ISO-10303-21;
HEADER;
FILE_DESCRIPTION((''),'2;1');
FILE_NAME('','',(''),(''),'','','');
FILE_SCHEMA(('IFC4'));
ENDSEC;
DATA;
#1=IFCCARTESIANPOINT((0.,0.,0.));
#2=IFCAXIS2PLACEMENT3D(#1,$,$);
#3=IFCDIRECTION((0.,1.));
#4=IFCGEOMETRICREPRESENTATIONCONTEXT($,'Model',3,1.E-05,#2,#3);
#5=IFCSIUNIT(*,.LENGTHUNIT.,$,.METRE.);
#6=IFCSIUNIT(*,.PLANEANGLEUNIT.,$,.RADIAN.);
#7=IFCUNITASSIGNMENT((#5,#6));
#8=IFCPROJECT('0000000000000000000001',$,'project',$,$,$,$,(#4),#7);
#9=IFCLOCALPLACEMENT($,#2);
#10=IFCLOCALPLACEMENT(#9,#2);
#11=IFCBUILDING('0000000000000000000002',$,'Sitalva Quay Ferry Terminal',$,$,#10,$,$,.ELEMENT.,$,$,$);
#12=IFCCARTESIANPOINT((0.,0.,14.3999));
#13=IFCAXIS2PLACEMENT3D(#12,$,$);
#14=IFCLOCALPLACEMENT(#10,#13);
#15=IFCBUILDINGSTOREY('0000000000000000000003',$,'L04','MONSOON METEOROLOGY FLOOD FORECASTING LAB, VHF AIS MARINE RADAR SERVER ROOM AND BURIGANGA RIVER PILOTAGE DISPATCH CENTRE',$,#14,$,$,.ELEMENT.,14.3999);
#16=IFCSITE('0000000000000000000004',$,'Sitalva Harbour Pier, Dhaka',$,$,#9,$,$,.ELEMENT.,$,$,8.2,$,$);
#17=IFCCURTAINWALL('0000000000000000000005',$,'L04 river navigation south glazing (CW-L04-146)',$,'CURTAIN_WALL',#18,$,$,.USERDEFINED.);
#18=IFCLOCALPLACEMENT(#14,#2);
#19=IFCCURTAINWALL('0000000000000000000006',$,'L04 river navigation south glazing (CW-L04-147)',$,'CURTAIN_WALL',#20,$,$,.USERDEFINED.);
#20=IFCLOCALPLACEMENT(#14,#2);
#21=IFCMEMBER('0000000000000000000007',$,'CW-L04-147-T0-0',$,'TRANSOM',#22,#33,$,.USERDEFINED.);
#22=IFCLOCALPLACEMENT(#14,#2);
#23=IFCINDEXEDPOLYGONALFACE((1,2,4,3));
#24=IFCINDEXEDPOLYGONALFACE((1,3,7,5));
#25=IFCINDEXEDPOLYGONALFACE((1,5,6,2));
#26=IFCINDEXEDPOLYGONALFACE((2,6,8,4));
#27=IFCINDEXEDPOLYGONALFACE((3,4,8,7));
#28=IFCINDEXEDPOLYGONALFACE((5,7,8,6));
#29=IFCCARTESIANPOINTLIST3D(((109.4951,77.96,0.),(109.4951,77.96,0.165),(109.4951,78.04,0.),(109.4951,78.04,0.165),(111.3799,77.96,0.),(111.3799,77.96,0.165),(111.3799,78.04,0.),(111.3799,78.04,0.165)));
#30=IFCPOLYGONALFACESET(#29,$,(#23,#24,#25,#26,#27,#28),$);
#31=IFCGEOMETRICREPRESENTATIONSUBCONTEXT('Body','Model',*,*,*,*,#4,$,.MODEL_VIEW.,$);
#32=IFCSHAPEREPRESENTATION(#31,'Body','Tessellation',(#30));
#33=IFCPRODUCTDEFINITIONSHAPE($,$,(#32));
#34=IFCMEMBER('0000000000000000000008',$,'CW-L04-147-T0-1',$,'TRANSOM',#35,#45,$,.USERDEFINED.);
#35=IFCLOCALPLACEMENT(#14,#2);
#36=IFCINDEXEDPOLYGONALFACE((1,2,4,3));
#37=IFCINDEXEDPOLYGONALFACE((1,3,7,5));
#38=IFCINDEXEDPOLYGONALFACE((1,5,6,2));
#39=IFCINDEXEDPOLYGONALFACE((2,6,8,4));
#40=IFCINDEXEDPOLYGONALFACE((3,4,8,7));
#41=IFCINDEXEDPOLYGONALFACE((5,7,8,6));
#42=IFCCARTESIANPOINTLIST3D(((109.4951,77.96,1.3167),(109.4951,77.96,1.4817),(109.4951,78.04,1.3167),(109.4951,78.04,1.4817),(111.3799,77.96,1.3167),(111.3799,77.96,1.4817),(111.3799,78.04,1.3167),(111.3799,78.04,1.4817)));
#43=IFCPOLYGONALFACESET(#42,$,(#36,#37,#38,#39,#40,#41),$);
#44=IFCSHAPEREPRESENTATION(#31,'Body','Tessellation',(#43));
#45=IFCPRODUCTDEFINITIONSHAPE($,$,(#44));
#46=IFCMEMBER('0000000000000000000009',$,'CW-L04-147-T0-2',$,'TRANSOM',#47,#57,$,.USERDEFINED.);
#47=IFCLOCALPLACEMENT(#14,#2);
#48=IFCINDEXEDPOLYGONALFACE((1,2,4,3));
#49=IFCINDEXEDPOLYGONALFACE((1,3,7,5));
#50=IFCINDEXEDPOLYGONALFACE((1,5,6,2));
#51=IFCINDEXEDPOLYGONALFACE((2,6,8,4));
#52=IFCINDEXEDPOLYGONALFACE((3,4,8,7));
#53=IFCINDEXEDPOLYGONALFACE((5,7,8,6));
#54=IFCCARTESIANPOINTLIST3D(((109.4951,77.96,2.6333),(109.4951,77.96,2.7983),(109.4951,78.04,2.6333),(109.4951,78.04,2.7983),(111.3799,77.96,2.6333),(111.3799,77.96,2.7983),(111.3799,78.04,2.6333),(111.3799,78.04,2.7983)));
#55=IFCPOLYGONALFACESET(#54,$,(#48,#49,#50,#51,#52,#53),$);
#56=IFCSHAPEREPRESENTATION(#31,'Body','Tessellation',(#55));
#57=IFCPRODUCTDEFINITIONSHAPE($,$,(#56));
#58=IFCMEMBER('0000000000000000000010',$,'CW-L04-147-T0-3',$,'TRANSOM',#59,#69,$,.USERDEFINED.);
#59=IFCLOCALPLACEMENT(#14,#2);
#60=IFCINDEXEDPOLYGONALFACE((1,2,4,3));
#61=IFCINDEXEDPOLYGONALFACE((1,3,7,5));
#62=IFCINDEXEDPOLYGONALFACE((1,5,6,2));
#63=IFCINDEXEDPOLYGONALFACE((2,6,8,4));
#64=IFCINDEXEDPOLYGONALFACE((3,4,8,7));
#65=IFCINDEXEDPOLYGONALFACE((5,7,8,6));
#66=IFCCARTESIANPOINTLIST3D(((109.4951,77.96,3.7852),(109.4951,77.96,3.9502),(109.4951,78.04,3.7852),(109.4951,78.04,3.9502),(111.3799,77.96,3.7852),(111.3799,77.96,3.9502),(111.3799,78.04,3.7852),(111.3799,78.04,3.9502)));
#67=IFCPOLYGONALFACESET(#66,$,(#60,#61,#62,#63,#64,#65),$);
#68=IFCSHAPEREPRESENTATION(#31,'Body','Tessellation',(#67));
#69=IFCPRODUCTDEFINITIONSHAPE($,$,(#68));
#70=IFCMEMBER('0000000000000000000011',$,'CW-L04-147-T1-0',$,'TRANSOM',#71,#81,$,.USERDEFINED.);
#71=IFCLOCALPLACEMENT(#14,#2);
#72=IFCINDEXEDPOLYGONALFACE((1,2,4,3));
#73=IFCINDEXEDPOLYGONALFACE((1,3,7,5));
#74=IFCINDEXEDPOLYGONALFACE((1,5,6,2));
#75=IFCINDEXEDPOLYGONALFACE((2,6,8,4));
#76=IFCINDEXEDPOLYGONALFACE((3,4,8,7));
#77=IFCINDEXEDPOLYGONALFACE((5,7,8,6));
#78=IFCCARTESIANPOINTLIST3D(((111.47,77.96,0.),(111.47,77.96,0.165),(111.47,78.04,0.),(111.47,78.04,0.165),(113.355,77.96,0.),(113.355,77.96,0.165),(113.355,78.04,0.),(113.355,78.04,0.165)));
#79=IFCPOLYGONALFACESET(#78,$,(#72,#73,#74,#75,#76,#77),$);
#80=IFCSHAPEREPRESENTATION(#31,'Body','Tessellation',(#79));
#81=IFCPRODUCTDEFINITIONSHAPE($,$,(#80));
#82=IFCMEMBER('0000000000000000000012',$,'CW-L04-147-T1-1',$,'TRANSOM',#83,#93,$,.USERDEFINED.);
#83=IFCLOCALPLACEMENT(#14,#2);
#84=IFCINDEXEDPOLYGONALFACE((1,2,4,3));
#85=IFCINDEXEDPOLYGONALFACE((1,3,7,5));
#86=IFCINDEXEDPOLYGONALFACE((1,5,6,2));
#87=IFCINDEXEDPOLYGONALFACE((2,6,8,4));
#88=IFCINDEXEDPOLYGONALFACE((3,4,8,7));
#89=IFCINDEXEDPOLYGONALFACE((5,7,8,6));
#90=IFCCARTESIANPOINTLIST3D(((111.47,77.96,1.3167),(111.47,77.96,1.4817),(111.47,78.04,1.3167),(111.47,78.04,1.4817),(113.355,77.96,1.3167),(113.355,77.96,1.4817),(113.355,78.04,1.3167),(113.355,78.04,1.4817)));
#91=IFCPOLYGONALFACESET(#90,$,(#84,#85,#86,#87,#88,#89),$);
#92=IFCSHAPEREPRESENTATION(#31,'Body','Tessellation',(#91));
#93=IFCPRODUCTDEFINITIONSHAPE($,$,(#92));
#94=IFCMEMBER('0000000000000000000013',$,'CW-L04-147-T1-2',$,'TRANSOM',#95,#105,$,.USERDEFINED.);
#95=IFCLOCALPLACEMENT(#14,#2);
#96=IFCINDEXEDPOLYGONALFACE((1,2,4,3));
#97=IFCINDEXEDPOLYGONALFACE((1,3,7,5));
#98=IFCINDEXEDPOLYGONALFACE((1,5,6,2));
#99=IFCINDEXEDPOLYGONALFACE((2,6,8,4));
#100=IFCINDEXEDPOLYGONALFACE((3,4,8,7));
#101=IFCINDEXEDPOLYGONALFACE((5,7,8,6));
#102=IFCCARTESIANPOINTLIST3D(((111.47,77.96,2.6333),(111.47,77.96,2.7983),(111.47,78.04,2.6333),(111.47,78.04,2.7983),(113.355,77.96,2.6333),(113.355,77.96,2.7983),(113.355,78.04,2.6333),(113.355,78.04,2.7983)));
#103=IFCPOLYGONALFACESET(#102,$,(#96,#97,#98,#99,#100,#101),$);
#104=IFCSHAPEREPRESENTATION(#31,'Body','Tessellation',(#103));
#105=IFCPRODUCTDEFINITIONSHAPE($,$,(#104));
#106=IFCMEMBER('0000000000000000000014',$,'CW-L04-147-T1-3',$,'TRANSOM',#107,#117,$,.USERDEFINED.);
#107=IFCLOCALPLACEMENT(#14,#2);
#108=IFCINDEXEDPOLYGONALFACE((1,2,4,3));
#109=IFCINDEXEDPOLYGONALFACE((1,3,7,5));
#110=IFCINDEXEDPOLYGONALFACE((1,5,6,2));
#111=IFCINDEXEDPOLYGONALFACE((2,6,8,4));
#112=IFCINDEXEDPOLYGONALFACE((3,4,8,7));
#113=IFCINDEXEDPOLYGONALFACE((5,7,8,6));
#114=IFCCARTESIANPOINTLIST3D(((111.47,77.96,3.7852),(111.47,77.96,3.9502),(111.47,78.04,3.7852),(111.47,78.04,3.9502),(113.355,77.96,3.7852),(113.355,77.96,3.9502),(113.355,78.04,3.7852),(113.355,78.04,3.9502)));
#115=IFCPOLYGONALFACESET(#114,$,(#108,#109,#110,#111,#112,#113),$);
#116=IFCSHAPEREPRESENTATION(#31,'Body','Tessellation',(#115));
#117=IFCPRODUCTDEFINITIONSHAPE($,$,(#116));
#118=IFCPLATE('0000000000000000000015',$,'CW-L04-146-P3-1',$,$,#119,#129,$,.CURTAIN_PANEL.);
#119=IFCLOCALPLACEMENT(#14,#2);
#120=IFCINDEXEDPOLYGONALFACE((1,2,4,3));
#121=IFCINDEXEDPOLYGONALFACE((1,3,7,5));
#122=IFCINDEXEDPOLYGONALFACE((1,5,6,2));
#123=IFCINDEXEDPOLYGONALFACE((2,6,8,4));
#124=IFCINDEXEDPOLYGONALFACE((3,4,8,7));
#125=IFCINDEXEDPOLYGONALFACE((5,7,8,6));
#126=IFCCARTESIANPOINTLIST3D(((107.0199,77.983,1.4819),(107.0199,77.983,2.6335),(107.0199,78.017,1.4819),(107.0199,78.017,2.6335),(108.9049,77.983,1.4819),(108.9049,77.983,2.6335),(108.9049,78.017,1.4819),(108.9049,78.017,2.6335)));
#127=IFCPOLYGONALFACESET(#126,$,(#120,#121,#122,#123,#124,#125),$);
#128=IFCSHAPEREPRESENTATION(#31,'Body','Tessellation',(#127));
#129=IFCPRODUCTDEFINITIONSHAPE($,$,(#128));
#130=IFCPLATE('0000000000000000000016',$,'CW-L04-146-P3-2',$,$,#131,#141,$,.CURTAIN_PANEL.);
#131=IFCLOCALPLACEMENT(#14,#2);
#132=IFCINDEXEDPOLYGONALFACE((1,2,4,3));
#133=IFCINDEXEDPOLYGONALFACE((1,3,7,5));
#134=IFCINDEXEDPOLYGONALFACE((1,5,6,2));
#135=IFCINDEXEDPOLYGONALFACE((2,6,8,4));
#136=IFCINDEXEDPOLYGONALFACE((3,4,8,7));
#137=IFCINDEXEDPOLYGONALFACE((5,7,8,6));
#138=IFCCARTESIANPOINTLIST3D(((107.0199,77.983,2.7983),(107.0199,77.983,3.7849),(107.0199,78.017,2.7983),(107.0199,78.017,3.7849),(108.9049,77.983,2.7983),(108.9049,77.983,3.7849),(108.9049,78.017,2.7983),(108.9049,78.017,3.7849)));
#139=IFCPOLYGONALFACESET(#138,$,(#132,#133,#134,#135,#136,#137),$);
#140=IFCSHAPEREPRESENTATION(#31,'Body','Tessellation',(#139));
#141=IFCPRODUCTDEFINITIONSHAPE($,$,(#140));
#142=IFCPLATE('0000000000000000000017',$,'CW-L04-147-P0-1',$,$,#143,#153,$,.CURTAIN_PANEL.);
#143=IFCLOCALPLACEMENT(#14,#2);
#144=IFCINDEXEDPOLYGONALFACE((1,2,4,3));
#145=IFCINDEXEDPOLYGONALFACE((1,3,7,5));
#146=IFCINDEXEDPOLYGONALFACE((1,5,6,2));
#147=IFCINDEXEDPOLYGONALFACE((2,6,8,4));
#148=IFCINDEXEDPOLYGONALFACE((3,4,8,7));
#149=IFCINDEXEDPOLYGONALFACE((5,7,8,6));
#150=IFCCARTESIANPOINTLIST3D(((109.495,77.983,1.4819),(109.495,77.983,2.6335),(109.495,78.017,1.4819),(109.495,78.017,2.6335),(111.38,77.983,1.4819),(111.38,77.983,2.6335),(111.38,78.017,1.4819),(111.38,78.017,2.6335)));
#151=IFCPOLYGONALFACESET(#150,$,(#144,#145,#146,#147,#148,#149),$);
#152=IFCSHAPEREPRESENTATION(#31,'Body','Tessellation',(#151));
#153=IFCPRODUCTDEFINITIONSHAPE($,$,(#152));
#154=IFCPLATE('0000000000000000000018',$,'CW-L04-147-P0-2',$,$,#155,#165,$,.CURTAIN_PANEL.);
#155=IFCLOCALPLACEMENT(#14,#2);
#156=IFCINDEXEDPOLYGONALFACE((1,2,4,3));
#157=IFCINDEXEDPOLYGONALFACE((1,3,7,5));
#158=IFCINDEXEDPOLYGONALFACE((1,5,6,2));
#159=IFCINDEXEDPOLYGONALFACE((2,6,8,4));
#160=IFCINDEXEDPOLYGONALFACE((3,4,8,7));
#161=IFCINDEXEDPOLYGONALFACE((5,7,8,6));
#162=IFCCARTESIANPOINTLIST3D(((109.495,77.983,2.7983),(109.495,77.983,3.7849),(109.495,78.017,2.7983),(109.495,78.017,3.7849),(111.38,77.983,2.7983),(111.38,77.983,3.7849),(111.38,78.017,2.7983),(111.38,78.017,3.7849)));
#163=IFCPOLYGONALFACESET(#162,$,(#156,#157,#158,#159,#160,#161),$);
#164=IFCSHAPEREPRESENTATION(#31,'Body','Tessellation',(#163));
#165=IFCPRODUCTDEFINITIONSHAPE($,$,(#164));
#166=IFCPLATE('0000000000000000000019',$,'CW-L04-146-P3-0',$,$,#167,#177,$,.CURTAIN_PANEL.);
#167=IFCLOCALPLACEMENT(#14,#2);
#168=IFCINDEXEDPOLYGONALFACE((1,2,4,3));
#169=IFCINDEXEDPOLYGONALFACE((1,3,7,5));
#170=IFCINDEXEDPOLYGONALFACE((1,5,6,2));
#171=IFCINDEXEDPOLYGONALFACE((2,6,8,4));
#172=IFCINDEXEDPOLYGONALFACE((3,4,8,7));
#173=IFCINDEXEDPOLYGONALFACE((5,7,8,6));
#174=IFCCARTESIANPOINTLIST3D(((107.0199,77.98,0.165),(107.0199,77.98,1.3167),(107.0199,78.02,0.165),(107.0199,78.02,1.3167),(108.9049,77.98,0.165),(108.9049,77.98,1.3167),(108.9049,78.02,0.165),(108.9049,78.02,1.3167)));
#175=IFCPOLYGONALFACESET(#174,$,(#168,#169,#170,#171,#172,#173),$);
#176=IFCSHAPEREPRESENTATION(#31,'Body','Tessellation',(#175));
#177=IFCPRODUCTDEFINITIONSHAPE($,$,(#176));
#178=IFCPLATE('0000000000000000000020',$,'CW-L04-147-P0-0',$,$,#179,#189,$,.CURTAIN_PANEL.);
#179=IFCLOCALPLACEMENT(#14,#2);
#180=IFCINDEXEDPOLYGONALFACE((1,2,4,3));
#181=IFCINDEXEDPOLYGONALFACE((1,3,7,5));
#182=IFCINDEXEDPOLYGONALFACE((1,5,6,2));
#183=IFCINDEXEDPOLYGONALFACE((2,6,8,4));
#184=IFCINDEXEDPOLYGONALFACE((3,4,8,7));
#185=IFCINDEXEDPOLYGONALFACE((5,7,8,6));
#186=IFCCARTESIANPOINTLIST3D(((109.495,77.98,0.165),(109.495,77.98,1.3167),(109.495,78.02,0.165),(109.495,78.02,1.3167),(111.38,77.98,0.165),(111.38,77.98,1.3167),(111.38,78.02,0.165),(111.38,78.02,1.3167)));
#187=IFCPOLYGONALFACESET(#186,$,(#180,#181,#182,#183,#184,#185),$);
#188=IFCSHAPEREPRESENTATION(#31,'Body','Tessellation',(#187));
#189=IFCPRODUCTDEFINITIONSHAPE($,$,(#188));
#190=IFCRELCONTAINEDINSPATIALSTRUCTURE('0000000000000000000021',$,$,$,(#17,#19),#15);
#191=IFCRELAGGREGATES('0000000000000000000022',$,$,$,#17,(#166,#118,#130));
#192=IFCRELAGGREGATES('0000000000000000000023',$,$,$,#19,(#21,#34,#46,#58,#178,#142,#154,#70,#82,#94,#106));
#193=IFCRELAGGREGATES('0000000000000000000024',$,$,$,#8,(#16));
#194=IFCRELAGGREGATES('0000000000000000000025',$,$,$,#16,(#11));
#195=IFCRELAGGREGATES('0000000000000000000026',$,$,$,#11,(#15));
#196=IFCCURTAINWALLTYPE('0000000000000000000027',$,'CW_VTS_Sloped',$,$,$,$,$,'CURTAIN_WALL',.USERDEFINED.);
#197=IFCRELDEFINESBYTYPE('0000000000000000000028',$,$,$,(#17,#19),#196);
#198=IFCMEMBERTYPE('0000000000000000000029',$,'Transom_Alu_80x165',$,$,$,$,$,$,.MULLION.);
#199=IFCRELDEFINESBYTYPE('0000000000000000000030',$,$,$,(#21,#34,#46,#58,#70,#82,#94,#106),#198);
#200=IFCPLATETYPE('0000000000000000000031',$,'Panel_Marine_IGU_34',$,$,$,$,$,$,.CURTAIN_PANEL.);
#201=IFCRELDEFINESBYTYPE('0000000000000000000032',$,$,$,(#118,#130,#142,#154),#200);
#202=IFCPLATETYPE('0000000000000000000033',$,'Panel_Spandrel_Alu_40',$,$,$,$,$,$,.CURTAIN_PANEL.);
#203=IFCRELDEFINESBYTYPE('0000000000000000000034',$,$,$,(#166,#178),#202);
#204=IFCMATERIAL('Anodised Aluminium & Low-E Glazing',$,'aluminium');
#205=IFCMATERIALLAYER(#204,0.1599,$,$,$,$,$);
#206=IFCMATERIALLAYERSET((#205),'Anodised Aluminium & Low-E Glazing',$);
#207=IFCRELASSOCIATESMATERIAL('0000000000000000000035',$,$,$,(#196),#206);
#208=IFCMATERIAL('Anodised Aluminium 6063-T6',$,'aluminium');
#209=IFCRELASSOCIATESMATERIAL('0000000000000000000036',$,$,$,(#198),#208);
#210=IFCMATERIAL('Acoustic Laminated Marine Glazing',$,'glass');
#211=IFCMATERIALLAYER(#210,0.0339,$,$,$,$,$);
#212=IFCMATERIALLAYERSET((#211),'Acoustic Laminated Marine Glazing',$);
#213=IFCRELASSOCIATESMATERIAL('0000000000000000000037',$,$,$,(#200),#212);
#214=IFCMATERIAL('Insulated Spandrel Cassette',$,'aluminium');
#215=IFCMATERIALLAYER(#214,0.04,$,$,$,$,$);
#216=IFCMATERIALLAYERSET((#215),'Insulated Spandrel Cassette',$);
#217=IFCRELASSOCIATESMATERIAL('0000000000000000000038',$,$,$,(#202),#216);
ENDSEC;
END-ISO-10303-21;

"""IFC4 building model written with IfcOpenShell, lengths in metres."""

from ifc_helpers import new_model, si_unit, direction, frame, origin, origin_2d, place, context, subcontext, project, spatial, rectangle, extrude, material, layer, layer_set, material_profile, profile_set, type_object, element, aggregate, save


model = new_model("IFC4")

# Units and contexts
model_context = context("Model", 3, precision=1e-05, world=origin(), true_north=direction((0.0, 1.0)))
body_context = subcontext(model_context, "Body", "Model", "MODEL_VIEW")
ifc_project = project(units=[si_unit("LENGTHUNIT", "METRE"), si_unit("PLANEANGLEUNIT", "RADIAN")], contexts=[model_context])

# Site, building, storey
site_placement = place(None, origin())
site = spatial("IfcSite", under=ifc_project, at=site_placement, Name="Sitalva Harbour Pier, Dhaka", CompositionType="ELEMENT", RefElevation=8.2)
building_placement = place(site_placement, origin())
building = spatial("IfcBuilding", under=site, at=building_placement, Name="Sitalva Quay Ferry Terminal", CompositionType="ELEMENT")
storey_placement = place(building_placement, frame((0.0, 0.0, 14.3999)))
storey = spatial("IfcBuildingStorey", under=building, at=storey_placement, Name="L04", Description="MONSOON METEOROLOGY FLOOD FORECASTING LAB, VHF AIS MARINE RADAR SERVER ROOM AND BURIGANGA RIVER PILOTAGE DISPATCH CENTRE", CompositionType="ELEMENT", Elevation=14.3999)

# Curtain wall
ifc_material_1 = material(Name="Anodised Aluminium & Low-E Glazing", Category="aluminium")
ifc_layer_1 = layer(ifc_material_1, 0.1599)
ifc_layer_set_1 = layer_set([ifc_layer_1], Name="Anodised Aluminium & Low-E Glazing")
curtain_wall_type = type_object("IfcCurtainWallType", Name="CW_VTS_Sloped", ElementType="CURTAIN_WALL", PredefinedType="USERDEFINED", material=ifc_layer_set_1)
curtain_wall_1_placement = place(storey_placement, origin())
curtain_wall_1 = element("IfcCurtainWall", 1, at=curtain_wall_1_placement, inside=storey, type_object=curtain_wall_type, Name="L04 river navigation south glazing (CW-L04-146)", ObjectType="CURTAIN_WALL", PredefinedType="USERDEFINED")

# Curtain wall, members
curtain_wall_2_placement = place(storey_placement, origin())
curtain_wall_2 = element("IfcCurtainWall", 2, at=curtain_wall_2_placement, inside=storey, type_object=curtain_wall_type, Name="L04 river navigation south glazing (CW-L04-147)", ObjectType="CURTAIN_WALL", PredefinedType="USERDEFINED")
ifc_material_2 = material(Name="Anodised Aluminium 6063-T6", Category="aluminium")
ifc_material_profile_1 = material_profile(ifc_material_2, rectangle(XDim=0.0801, YDim=0.165, at=origin_2d()), Name="ALU80x165")
ifc_profile_set_1 = profile_set([ifc_material_profile_1], Name="Anodised Aluminium 6063-T6")
member_type_1 = type_object("IfcMemberType", Name="Transom_Alu_80x165", PredefinedType="MULLION", material=ifc_profile_set_1)
member_1_placement = place(storey_placement, frame((109.4951, 78.0, 0.0825), z_axis=(1.0, 0.0, 0.0), x_axis=(0.0, 1.0, 0.0)))
member_1 = element("IfcMember", 3, at=member_1_placement, type_object=member_type_1, Name="CW-L04-147-T0-0", ObjectType="TRANSOM", PredefinedType="USERDEFINED", context=body_context, shape_type="SweptSolid", body=[
    extrude(rectangle(XDim=0.0801, YDim=0.165, at=origin_2d()), origin(), (0.0, 0.0, 1.0), 1.8848),
])
member_2_placement = place(storey_placement, frame((109.4951, 78.0, 1.3992), z_axis=(1.0, 0.0, 0.0), x_axis=(0.0, 1.0, 0.0)))
member_2 = element("IfcMember", 4, at=member_2_placement, type_object=member_type_1, Name="CW-L04-147-T0-1", ObjectType="TRANSOM", PredefinedType="USERDEFINED", context=body_context, shape_type="SweptSolid", body=[
    extrude(rectangle(XDim=0.0801, YDim=0.165, at=origin_2d()), origin(), (0.0, 0.0, 1.0), 1.8848),
])
member_3_placement = place(storey_placement, frame((109.4951, 78.0, 2.7158), z_axis=(1.0, 0.0, 0.0), x_axis=(0.0, 1.0, 0.0)))
member_3 = element("IfcMember", 5, at=member_3_placement, type_object=member_type_1, Name="CW-L04-147-T0-2", ObjectType="TRANSOM", PredefinedType="USERDEFINED", context=body_context, shape_type="SweptSolid", body=[
    extrude(rectangle(XDim=0.0801, YDim=0.165, at=origin_2d()), origin(), (0.0, 0.0, 1.0), 1.8848),
])
member_4_placement = place(storey_placement, frame((109.4951, 78.0, 3.8677), z_axis=(1.0, 0.0, 0.0), x_axis=(0.0, 1.0, 0.0)))
member_4 = element("IfcMember", 6, at=member_4_placement, type_object=member_type_1, Name="CW-L04-147-T0-3", ObjectType="TRANSOM", PredefinedType="USERDEFINED", context=body_context, shape_type="SweptSolid", body=[
    extrude(rectangle(XDim=0.0801, YDim=0.165, at=origin_2d()), origin(), (0.0, 0.0, 1.0), 1.8848),
])
member_5_placement = place(storey_placement, frame((111.47, 78.0, 0.0825), z_axis=(1.0, 0.0, 0.0), x_axis=(0.0, 1.0, 0.0)))
member_5 = element("IfcMember", 7, at=member_5_placement, type_object=member_type_1, Name="CW-L04-147-T1-0", ObjectType="TRANSOM", PredefinedType="USERDEFINED", context=body_context, shape_type="SweptSolid", body=[
    extrude(rectangle(XDim=0.0801, YDim=0.165, at=origin_2d()), origin(), (0.0, 0.0, 1.0), 1.885),
])
member_6_placement = place(storey_placement, frame((111.47, 78.0, 1.3992), z_axis=(1.0, 0.0, 0.0), x_axis=(0.0, 1.0, 0.0)))
member_6 = element("IfcMember", 8, at=member_6_placement, type_object=member_type_1, Name="CW-L04-147-T1-1", ObjectType="TRANSOM", PredefinedType="USERDEFINED", context=body_context, shape_type="SweptSolid", body=[
    extrude(rectangle(XDim=0.0801, YDim=0.165, at=origin_2d()), origin(), (0.0, 0.0, 1.0), 1.885),
])
member_7_placement = place(storey_placement, frame((111.47, 78.0, 2.7158), z_axis=(1.0, 0.0, 0.0), x_axis=(0.0, 1.0, 0.0)))
member_7 = element("IfcMember", 9, at=member_7_placement, type_object=member_type_1, Name="CW-L04-147-T1-2", ObjectType="TRANSOM", PredefinedType="USERDEFINED", context=body_context, shape_type="SweptSolid", body=[
    extrude(rectangle(XDim=0.0801, YDim=0.165, at=origin_2d()), origin(), (0.0, 0.0, 1.0), 1.885),
])
member_8_placement = place(storey_placement, frame((111.47, 78.0, 3.8677), z_axis=(1.0, 0.0, 0.0), x_axis=(0.0, 1.0, 0.0)))
member_8 = element("IfcMember", 10, at=member_8_placement, type_object=member_type_1, Name="CW-L04-147-T1-3", ObjectType="TRANSOM", PredefinedType="USERDEFINED", context=body_context, shape_type="SweptSolid", body=[
    extrude(rectangle(XDim=0.0801, YDim=0.165, at=origin_2d()), origin(), (0.0, 0.0, 1.0), 1.885),
])

# Plates
ifc_material_3 = material(Name="Acoustic Laminated Marine Glazing", Category="glass")
ifc_layer_2 = layer(ifc_material_3, 0.0339)
ifc_layer_set_2 = layer_set([ifc_layer_2], Name="Acoustic Laminated Marine Glazing")
plate_type_1 = type_object("IfcPlateType", Name="Panel_Marine_IGU_34", PredefinedType="CURTAIN_PANEL", material=ifc_layer_set_2)
plate_1_placement = place(storey_placement, frame((107.9624, 78.0, 1.4819), z_axis=(0.0, 0.0, 1.0), x_axis=(1.0, 0.0, 0.0)))
plate_1 = element("IfcPlate", 11, at=plate_1_placement, type_object=plate_type_1, Name="CW-L04-146-P3-1", PredefinedType="CURTAIN_PANEL", context=body_context, shape_type="SweptSolid", body=[
    extrude(rectangle(XDim=1.885, YDim=0.0339, at=origin_2d()), origin(), (0.0, 0.0, 1.0), 1.1516),
])
plate_2_placement = place(storey_placement, frame((107.9624, 78.0, 2.7983), z_axis=(0.0, 0.0, 1.0), x_axis=(1.0, 0.0, 0.0)))
plate_2 = element("IfcPlate", 12, at=plate_2_placement, type_object=plate_type_1, Name="CW-L04-146-P3-2", PredefinedType="CURTAIN_PANEL", context=body_context, shape_type="SweptSolid", body=[
    extrude(rectangle(XDim=1.885, YDim=0.0339, at=origin_2d()), origin(), (0.0, 0.0, 1.0), 0.9866),
])
plate_3_placement = place(storey_placement, frame((110.4375, 78.0, 1.4819), z_axis=(0.0, 0.0, 1.0), x_axis=(1.0, 0.0, 0.0)))
plate_3 = element("IfcPlate", 13, at=plate_3_placement, type_object=plate_type_1, Name="CW-L04-147-P0-1", PredefinedType="CURTAIN_PANEL", context=body_context, shape_type="SweptSolid", body=[
    extrude(rectangle(XDim=1.885, YDim=0.0339, at=origin_2d()), origin(), (0.0, 0.0, 1.0), 1.1516),
])
plate_4_placement = place(storey_placement, frame((110.4375, 78.0, 2.7983), z_axis=(0.0, 0.0, 1.0), x_axis=(1.0, 0.0, 0.0)))
plate_4 = element("IfcPlate", 14, at=plate_4_placement, type_object=plate_type_1, Name="CW-L04-147-P0-2", PredefinedType="CURTAIN_PANEL", context=body_context, shape_type="SweptSolid", body=[
    extrude(rectangle(XDim=1.885, YDim=0.0339, at=origin_2d()), origin(), (0.0, 0.0, 1.0), 0.9866),
])
ifc_material_4 = material(Name="Insulated Spandrel Cassette", Category="aluminium")
ifc_layer_3 = layer(ifc_material_4, 0.04)
ifc_layer_set_3 = layer_set([ifc_layer_3], Name="Insulated Spandrel Cassette")
plate_type_2 = type_object("IfcPlateType", Name="Panel_Spandrel_Alu_40", PredefinedType="CURTAIN_PANEL", material=ifc_layer_set_3)
plate_5_placement = place(storey_placement, frame((107.9624, 78.0, 0.165), z_axis=(0.0, 0.0, 1.0), x_axis=(1.0, 0.0, 0.0)))
plate_5 = element("IfcPlate", 15, at=plate_5_placement, type_object=plate_type_2, Name="CW-L04-146-P3-0", PredefinedType="CURTAIN_PANEL", context=body_context, shape_type="SweptSolid", body=[
    extrude(rectangle(XDim=1.885, YDim=0.04, at=origin_2d()), origin(), (0.0, 0.0, 1.0), 1.1516),
])
aggregate(curtain_wall_1, [plate_5, plate_1, plate_2])
plate_6_placement = place(storey_placement, frame((110.4375, 78.0, 0.165), z_axis=(0.0, 0.0, 1.0), x_axis=(1.0, 0.0, 0.0)))
plate_6 = element("IfcPlate", 16, at=plate_6_placement, type_object=plate_type_2, Name="CW-L04-147-P0-0", PredefinedType="CURTAIN_PANEL", context=body_context, shape_type="SweptSolid", body=[
    extrude(rectangle(XDim=1.885, YDim=0.04, at=origin_2d()), origin(), (0.0, 0.0, 1.0), 1.1516),
])
aggregate(curtain_wall_2, [member_1, member_2, member_3, member_4, plate_6, plate_3, plate_4, member_5, member_6, member_7, member_8])

save(model, "model.ifc")
